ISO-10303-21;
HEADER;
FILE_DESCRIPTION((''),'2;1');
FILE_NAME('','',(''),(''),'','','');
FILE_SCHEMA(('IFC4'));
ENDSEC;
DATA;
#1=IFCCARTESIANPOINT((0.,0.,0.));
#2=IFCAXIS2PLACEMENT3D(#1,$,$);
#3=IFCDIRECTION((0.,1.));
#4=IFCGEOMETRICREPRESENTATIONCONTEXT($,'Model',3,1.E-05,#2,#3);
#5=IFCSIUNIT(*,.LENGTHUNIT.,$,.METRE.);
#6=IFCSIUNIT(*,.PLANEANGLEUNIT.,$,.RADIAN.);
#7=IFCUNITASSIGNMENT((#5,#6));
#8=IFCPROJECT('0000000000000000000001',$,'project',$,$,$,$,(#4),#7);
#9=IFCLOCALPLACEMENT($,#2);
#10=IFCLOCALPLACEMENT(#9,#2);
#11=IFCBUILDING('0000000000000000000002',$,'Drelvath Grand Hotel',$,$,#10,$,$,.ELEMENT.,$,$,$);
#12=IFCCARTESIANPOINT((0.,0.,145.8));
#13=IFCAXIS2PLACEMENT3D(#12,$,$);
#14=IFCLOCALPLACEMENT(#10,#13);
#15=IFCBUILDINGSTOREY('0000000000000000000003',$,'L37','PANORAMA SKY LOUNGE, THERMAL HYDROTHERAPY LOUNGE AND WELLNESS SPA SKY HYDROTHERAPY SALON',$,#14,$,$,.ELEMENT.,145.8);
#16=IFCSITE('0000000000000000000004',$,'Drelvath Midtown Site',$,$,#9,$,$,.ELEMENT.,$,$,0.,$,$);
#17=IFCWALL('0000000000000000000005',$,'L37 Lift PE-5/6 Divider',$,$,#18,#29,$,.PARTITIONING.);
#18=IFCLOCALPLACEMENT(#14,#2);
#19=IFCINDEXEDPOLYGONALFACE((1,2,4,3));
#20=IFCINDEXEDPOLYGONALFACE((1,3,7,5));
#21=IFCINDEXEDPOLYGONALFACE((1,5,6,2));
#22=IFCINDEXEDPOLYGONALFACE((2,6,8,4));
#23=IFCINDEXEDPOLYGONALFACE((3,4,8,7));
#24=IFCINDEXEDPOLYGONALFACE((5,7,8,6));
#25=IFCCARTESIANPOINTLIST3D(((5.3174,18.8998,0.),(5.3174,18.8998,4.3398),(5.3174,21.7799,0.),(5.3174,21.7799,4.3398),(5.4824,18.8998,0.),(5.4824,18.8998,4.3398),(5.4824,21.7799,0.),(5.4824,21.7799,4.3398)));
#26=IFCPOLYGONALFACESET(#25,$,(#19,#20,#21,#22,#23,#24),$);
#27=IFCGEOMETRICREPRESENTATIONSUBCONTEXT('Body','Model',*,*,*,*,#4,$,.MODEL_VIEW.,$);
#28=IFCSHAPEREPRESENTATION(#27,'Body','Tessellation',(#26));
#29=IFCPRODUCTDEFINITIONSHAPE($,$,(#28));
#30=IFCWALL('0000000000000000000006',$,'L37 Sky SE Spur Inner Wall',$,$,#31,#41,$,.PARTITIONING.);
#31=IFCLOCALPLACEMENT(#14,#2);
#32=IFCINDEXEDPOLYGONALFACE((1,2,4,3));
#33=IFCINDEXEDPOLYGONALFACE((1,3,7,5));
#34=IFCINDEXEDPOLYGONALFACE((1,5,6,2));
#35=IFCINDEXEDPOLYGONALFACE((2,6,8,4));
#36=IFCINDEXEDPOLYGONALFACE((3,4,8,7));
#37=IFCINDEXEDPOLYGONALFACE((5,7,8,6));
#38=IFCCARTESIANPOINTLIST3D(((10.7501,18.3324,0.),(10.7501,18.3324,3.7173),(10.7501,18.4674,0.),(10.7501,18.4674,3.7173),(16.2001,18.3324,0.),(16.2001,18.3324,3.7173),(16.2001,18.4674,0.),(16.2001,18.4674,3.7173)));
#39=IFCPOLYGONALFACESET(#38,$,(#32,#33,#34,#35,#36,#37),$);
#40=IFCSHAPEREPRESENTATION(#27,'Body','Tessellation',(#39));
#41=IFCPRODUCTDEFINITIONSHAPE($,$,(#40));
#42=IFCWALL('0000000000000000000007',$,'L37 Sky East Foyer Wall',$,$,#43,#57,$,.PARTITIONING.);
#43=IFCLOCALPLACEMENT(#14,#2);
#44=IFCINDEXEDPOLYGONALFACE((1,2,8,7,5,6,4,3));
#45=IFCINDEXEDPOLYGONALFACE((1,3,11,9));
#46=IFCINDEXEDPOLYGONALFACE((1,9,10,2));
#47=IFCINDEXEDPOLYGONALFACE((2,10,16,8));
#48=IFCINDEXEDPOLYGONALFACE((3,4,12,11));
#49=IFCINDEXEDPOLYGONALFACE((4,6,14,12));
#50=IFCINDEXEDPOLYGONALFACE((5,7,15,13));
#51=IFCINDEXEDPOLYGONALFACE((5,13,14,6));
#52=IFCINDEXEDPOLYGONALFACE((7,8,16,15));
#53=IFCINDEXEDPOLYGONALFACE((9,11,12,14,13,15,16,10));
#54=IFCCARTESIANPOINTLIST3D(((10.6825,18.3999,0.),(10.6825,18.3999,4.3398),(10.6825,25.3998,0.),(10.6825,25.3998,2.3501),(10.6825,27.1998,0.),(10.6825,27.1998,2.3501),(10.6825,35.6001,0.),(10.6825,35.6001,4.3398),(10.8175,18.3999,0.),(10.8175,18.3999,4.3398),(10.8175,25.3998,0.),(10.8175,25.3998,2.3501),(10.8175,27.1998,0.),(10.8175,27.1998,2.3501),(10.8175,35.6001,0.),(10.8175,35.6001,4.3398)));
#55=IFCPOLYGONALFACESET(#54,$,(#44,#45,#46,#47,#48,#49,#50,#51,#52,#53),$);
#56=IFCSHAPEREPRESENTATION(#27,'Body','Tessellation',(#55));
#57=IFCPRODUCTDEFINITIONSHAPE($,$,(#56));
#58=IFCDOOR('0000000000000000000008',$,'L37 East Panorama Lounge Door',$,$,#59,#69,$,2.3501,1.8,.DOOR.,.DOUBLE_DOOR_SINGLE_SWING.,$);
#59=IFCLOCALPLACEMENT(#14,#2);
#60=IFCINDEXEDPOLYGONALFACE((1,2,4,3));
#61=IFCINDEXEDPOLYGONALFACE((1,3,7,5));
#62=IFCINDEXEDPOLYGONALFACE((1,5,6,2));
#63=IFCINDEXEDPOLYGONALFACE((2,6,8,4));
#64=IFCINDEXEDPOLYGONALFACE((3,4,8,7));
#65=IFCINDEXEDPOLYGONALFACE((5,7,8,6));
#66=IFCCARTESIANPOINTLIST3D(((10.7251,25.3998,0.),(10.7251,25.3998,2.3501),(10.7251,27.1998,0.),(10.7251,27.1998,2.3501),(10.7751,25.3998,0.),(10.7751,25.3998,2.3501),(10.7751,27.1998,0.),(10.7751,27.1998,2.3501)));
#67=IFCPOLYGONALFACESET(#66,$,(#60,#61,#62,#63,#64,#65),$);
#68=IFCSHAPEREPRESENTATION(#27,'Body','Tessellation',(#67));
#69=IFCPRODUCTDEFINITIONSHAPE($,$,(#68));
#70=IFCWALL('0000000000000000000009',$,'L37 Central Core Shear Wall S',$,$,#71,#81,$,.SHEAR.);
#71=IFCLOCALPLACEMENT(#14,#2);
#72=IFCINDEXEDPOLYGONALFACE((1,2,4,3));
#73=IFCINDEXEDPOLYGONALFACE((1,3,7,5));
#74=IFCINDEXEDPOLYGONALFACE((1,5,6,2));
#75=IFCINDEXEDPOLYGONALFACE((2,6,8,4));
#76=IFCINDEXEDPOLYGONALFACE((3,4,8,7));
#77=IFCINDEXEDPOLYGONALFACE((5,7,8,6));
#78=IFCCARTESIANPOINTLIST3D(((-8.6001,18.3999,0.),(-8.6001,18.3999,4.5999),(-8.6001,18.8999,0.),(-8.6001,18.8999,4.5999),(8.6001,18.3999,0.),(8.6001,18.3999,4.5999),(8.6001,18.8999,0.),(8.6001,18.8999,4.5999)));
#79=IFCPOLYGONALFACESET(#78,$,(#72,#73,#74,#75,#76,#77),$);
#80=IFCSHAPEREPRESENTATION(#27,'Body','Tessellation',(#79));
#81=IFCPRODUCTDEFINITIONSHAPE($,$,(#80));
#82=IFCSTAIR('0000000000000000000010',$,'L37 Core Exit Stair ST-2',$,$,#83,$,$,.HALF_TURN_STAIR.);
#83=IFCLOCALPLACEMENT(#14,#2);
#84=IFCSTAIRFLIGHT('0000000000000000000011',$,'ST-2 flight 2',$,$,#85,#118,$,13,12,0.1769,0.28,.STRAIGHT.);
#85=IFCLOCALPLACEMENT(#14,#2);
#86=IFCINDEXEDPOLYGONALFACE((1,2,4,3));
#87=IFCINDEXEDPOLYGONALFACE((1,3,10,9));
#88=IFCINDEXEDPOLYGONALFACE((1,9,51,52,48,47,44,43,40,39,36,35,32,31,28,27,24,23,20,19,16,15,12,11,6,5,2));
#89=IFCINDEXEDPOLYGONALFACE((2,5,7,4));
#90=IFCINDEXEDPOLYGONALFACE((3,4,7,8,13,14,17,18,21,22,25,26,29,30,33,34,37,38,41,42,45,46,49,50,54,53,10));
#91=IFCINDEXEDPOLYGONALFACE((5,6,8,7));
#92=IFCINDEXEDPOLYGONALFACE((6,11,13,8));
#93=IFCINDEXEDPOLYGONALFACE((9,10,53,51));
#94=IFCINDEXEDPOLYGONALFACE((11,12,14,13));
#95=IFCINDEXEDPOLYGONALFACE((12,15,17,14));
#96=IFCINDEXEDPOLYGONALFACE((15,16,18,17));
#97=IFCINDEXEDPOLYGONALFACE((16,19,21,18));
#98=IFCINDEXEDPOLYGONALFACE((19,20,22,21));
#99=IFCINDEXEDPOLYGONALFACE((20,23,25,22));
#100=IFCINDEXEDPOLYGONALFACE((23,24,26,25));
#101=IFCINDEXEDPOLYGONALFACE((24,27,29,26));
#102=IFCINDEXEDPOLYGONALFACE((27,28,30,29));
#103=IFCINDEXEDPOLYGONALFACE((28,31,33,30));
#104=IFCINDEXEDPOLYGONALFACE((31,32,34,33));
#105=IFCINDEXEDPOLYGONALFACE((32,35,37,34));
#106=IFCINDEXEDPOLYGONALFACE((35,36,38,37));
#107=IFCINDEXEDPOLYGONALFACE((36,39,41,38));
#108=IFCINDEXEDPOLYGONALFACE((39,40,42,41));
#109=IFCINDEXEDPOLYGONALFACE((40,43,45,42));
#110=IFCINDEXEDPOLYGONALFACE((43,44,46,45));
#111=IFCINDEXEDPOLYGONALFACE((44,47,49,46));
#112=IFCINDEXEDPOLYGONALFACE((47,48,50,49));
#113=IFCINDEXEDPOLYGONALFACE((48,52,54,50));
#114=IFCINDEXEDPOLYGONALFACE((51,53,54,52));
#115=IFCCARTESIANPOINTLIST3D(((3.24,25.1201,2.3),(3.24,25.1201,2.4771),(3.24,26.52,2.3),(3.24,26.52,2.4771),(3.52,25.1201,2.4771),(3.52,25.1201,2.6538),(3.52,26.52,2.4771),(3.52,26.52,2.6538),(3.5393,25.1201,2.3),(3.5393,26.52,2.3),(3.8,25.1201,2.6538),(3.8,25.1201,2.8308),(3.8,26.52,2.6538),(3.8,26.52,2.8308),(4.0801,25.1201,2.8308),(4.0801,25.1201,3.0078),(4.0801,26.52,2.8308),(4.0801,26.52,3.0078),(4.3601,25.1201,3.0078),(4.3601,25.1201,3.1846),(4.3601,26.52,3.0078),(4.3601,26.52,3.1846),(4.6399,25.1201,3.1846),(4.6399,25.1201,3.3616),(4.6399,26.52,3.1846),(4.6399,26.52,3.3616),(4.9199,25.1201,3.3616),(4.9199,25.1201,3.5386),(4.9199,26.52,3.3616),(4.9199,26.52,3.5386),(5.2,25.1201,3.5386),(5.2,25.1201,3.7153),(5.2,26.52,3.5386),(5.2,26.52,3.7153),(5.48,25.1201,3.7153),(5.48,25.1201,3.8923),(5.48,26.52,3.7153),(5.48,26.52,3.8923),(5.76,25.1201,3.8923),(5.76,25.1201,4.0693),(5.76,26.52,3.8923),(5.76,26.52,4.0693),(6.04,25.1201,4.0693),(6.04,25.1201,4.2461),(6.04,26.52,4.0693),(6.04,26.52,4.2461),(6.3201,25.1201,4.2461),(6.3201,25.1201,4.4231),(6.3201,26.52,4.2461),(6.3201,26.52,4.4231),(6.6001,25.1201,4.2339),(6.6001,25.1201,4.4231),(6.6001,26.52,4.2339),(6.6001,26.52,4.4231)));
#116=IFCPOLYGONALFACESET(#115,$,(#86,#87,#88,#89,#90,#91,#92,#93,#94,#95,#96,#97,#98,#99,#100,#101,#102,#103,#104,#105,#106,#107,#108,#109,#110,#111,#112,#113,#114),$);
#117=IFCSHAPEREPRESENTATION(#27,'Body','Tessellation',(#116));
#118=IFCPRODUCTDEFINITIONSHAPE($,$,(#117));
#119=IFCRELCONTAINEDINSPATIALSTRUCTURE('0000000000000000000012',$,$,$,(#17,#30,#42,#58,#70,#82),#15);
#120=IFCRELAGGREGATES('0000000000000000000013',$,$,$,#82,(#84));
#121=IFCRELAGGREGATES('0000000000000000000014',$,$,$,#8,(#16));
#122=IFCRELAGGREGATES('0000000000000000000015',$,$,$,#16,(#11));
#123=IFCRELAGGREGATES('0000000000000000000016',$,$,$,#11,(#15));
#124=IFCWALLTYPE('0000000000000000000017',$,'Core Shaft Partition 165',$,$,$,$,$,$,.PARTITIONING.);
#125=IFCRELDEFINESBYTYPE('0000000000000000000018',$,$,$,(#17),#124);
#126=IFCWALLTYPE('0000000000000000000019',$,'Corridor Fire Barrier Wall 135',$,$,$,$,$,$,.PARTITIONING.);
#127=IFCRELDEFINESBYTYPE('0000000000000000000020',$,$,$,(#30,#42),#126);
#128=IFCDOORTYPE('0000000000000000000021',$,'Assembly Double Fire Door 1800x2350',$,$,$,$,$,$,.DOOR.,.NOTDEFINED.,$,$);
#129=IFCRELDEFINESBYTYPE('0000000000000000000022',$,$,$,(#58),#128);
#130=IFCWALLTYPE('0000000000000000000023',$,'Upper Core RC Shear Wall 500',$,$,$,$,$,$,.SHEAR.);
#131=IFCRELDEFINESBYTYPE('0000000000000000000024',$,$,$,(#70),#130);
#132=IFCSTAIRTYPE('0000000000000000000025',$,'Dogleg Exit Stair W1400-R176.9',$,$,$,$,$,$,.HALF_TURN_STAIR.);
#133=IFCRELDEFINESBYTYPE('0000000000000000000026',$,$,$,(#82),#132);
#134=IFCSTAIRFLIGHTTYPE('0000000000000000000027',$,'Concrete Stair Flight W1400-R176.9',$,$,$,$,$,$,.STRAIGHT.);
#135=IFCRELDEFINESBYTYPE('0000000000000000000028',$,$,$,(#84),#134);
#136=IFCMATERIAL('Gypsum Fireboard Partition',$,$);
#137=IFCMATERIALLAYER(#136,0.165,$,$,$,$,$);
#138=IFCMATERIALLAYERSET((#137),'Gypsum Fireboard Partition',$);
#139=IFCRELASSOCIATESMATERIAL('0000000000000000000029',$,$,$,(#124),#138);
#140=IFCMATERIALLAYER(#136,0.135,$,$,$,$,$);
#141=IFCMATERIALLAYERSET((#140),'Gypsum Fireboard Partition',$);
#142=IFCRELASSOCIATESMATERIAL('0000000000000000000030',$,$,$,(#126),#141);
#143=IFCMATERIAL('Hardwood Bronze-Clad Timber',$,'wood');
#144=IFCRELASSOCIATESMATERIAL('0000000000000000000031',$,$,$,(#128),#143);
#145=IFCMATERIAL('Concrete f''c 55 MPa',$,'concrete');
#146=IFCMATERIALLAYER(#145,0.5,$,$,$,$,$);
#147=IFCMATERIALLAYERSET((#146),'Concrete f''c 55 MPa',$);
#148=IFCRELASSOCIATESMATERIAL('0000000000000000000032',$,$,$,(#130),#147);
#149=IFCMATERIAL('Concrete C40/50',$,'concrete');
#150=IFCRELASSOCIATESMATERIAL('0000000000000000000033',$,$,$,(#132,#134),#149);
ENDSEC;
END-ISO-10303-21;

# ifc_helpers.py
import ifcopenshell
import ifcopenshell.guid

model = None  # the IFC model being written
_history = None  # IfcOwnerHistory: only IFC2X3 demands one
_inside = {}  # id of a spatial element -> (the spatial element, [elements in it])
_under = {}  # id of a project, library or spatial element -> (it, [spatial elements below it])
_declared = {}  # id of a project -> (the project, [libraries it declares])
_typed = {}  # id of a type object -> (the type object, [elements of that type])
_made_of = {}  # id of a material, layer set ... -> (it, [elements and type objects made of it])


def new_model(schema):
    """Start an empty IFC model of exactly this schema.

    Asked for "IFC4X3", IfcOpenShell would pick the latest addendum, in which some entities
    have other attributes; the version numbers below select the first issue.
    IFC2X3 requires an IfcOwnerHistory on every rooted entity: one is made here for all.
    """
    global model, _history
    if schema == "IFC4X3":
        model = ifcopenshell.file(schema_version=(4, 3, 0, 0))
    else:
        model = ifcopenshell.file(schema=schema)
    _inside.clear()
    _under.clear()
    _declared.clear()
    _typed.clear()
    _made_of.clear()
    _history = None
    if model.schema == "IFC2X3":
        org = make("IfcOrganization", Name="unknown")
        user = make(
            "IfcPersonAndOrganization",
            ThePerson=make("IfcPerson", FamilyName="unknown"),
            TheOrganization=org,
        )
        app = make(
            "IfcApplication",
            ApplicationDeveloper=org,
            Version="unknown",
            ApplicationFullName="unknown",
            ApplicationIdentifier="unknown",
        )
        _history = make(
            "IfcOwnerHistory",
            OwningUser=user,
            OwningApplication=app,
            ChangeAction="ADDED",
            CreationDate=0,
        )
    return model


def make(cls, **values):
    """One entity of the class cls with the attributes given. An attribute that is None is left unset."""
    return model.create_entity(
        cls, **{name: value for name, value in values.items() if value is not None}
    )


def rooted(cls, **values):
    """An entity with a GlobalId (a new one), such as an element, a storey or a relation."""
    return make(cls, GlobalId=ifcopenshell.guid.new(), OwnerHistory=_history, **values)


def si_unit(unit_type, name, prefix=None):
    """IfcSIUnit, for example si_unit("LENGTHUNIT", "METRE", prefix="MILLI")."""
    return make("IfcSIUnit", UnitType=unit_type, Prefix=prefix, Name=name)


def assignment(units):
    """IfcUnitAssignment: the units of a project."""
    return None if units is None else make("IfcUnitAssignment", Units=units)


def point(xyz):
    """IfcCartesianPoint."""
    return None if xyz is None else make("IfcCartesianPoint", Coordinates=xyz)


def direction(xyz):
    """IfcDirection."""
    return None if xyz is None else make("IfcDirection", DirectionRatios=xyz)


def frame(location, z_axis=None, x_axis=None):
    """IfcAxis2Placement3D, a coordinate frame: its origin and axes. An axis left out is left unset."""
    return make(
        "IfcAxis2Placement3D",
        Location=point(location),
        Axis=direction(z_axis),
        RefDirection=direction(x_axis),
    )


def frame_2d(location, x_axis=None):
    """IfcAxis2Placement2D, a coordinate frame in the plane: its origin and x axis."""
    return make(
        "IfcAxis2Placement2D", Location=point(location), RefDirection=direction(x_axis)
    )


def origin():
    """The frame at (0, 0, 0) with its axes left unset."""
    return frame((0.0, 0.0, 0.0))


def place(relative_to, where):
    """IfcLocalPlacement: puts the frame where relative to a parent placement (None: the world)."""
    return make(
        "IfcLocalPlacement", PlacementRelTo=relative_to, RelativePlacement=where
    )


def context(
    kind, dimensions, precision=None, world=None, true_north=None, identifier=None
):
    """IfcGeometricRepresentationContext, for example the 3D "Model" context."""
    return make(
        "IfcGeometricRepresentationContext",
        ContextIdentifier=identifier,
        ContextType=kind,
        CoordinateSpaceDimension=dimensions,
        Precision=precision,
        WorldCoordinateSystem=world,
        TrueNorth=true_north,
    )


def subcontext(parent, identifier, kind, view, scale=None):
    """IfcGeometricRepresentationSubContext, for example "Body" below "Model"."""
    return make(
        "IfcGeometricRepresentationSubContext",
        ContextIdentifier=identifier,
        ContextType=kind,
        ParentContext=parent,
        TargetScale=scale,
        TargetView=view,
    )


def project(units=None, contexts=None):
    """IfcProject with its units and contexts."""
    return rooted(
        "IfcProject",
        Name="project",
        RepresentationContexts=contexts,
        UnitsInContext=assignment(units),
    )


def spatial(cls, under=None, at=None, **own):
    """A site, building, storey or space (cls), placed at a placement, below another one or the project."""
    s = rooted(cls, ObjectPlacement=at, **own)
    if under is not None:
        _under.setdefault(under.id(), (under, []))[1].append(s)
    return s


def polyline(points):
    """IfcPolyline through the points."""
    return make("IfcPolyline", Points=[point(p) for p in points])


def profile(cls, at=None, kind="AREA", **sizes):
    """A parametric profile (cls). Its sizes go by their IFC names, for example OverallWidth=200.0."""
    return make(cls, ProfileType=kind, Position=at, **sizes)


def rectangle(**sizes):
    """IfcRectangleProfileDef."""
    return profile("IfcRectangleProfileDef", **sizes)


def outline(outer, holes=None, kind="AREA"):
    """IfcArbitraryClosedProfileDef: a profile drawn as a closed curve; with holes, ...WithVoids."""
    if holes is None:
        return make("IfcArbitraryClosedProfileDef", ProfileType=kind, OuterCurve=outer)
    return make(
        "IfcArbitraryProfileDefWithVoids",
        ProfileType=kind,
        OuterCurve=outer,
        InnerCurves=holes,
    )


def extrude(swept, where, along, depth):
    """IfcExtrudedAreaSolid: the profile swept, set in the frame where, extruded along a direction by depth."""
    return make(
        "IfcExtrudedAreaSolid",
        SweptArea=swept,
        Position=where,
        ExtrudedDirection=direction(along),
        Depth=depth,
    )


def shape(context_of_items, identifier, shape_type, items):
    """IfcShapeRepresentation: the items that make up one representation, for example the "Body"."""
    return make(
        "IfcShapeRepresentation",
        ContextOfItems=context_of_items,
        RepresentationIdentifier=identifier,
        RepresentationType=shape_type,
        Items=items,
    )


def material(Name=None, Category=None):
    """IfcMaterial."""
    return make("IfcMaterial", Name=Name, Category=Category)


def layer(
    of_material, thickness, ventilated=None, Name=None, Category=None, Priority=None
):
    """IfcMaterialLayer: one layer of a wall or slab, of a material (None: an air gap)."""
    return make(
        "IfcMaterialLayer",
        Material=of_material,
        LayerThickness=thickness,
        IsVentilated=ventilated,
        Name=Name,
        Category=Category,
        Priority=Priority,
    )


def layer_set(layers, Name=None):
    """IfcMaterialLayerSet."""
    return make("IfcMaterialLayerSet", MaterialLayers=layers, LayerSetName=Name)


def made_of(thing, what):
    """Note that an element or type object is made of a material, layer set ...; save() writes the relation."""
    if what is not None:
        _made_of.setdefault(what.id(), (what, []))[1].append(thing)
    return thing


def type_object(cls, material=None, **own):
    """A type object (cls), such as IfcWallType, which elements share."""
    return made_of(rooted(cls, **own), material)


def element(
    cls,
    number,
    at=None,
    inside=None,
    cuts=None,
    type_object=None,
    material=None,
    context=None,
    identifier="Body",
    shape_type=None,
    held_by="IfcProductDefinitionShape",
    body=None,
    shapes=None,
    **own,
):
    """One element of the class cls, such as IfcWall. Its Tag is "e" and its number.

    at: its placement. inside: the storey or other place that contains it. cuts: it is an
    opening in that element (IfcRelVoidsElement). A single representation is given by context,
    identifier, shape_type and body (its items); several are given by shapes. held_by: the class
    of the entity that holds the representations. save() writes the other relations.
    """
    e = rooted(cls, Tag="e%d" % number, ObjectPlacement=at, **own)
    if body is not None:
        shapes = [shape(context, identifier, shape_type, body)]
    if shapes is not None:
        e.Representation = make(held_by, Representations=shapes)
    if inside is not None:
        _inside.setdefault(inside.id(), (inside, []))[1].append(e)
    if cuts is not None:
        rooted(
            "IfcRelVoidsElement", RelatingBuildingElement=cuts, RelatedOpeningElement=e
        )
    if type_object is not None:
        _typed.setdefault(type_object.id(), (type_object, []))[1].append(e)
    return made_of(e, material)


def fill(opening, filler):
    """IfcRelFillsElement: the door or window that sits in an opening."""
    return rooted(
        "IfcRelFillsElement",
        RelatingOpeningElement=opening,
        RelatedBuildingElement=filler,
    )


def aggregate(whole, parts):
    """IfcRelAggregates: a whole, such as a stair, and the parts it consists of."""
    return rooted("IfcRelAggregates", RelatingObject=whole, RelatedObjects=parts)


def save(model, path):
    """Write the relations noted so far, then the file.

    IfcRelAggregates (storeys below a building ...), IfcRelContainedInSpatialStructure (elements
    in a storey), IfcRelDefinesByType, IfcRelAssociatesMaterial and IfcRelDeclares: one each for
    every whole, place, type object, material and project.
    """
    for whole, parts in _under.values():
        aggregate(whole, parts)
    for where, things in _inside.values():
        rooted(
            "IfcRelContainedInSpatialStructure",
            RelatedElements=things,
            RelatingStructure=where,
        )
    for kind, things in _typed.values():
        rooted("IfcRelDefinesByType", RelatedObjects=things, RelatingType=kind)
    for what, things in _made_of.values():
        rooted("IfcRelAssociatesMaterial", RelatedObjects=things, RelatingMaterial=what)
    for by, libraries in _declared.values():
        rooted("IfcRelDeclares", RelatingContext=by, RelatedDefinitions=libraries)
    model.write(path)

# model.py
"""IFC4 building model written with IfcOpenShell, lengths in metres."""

from ifc_helpers import new_model, si_unit, direction, frame, frame_2d, origin, place, context, subcontext, project, spatial, polyline, rectangle, outline, extrude, material, layer, layer_set, type_object, element, fill, aggregate, save


model = new_model("IFC4")

# Units and contexts
model_context = context("Model", 3, precision=1e-05, world=origin(), true_north=direction((0.0, 1.0)))
body_context = subcontext(model_context, "Body", "Model", "MODEL_VIEW")
ifc_project = project(units=[si_unit("LENGTHUNIT", "METRE"), si_unit("PLANEANGLEUNIT", "RADIAN")], contexts=[model_context])

# Site, building, storey
site_placement = place(None, origin())
site = spatial("IfcSite", under=ifc_project, at=site_placement, Name="Drelvath Midtown Site", CompositionType="ELEMENT", RefElevation=0.0)
building_placement = place(site_placement, origin())
building = spatial("IfcBuilding", under=site, at=building_placement, Name="Drelvath Grand Hotel", CompositionType="ELEMENT")
storey_placement = place(building_placement, frame((0.0, 0.0, 145.8)))
storey = spatial("IfcBuildingStorey", under=building, at=storey_placement, Name="L37", Description="PANORAMA SKY LOUNGE, THERMAL HYDROTHERAPY LOUNGE AND WELLNESS SPA SKY HYDROTHERAPY SALON", CompositionType="ELEMENT", Elevation=145.8)

# Shared definitions
ifc_material_1 = material(Name="Concrete f'c 55 MPa", Category="concrete")

# Shared definitions
ifc_material_2 = material(Name="Concrete C40/50", Category="concrete")

# Walls
ifc_material_3 = material(Name="Gypsum Fireboard Partition")
ifc_layer_1 = layer(ifc_material_3, 0.165)
ifc_layer_set_1 = layer_set([ifc_layer_1], Name="Gypsum Fireboard Partition")
wall_type_1 = type_object("IfcWallType", Name="Core Shaft Partition 165", PredefinedType="PARTITIONING", material=ifc_layer_set_1)
for number, where, z_axis, x_axis, name in (
    (1, (5.3999, 18.8999, 0.0), (0.0, 0.0, 1.0), (0.0, 1.0, 0.0), "L37 Lift PE-5/6 Divider"),
):
    element("IfcWall", number, at=place(storey_placement, frame(where, z_axis=z_axis, x_axis=x_axis)), inside=storey, type_object=wall_type_1, Name=name, PredefinedType="PARTITIONING", context=body_context, shape_type="SweptSolid", body=[
        extrude(rectangle(XDim=2.8801, YDim=0.165, at=frame_2d((1.4399, 0.0))), origin(), (0.0, 0.0, 1.0), 4.3398),
    ])
ifc_layer_2 = layer(ifc_material_3, 0.135)
ifc_layer_set_2 = layer_set([ifc_layer_2], Name="Gypsum Fireboard Partition")
wall_type_2 = type_object("IfcWallType", Name="Corridor Fire Barrier Wall 135", PredefinedType="PARTITIONING", material=ifc_layer_set_2)
wall_1_placement = place(storey_placement, frame((10.75, 18.3999, 0.0), z_axis=(0.0, 0.0, 1.0), x_axis=(1.0, 0.0, 0.0)))
element("IfcWall", 2, at=wall_1_placement, inside=storey, type_object=wall_type_2, Name="L37 Sky SE Spur Inner Wall", PredefinedType="PARTITIONING", context=body_context, shape_type="SweptSolid", body=[
    extrude(rectangle(XDim=5.45, YDim=0.135, at=frame_2d((2.7251, 0.0))), origin(), (0.0, 0.0, 1.0), 3.7173),
])

# Wall, opening, door
wall_2_placement = place(storey_placement, frame((10.75, 18.3999, 0.0), z_axis=(0.0, 0.0, 1.0), x_axis=(0.0, 1.0, 0.0)))
wall_2 = element("IfcWall", 3, at=wall_2_placement, inside=storey, type_object=wall_type_2, Name="L37 Sky East Foyer Wall", PredefinedType="PARTITIONING", context=body_context, shape_type="SweptSolid", body=[
    extrude(rectangle(XDim=17.2002, YDim=0.135, at=frame_2d((8.6001, 0.0))), origin(), (0.0, 0.0, 1.0), 4.3398),
])
opening_1_placement = place(wall_2_placement, frame((7.0, 0.0, 0.0)))
opening_1 = element("IfcOpeningElement", 4, at=opening_1_placement, cuts=wall_2, PredefinedType="OPENING", context=body_context, shape_type="SweptSolid", body=[
    extrude(rectangle(XDim=1.8, YDim=2.3501, at=frame_2d((0.8999, 1.175))), frame((0.0, 0.0774, 0.0), z_axis=(0.0, -1.0, 0.0), x_axis=(1.0, 0.0, 0.0)), (0.0, 0.0, 1.0), 0.155),
])
ifc_material_4 = material(Name="Hardwood Bronze-Clad Timber", Category="wood")
door_type_1 = type_object("IfcDoorType", Name="Assembly Double Fire Door 1800x2350", OperationType="NOTDEFINED", PredefinedType="DOOR", material=ifc_material_4)
door_1_placement = place(opening_1_placement, origin())
door_1 = element("IfcDoor", 5, at=door_1_placement, inside=storey, type_object=door_type_1, Name="L37 East Panorama Lounge Door", OperationType="DOUBLE_DOOR_SINGLE_SWING", OverallHeight=2.3501, OverallWidth=1.8, PredefinedType="DOOR", context=body_context, shape_type="SweptSolid", body=[
    extrude(rectangle(XDim=1.8, YDim=2.3501, at=frame_2d((0.8999, 1.175))), frame((0.0, 0.0249, 0.0), z_axis=(0.0, -1.0, 0.0), x_axis=(1.0, 0.0, 0.0)), (0.0, 0.0, 1.0), 0.05),
])
fill(opening_1, door_1)

# Wall
ifc_layer_3 = layer(ifc_material_1, 0.5)
ifc_layer_set_3 = layer_set([ifc_layer_3], Name="Concrete f'c 55 MPa")
wall_type_3 = type_object("IfcWallType", Name="Upper Core RC Shear Wall 500", PredefinedType="SHEAR", material=ifc_layer_set_3)
wall_3_placement = place(storey_placement, frame((8.6001, 18.6499, 0.0), z_axis=(0.0, 0.0, 1.0), x_axis=(-1.0, 0.0, 0.0)))
element("IfcWall", 6, at=wall_3_placement, inside=storey, type_object=wall_type_3, Name="L37 Central Core Shear Wall S", PredefinedType="SHEAR", context=body_context, shape_type="SweptSolid", body=[
    extrude(rectangle(XDim=17.2002, YDim=0.5, at=frame_2d((8.6001, 0.0))), origin(), (0.0, 0.0, 1.0), 4.5999),
])

# Stair, stair flight
stair_type = type_object("IfcStairType", Name="Dogleg Exit Stair W1400-R176.9", PredefinedType="HALF_TURN_STAIR", material=ifc_material_2)
stair_placement = place(storey_placement, origin())
stair = element("IfcStair", 7, at=stair_placement, inside=storey, type_object=stair_type, Name="L37 Core Exit Stair ST-2", PredefinedType="HALF_TURN_STAIR")
stair_flight_type = type_object("IfcStairFlightType", Name="Concrete Stair Flight W1400-R176.9", PredefinedType="STRAIGHT", material=ifc_material_2)
stair_flight_placement = place(storey_placement, frame((3.24, 25.8201, 2.3), z_axis=(0.0, 0.0, 1.0), x_axis=(1.0, 0.0, 0.0)))
stair_flight = element("IfcStairFlight", 8, at=stair_flight_placement, type_object=stair_flight_type, Name="ST-2 flight 2", NumberOfRisers=13, NumberOfTreads=12, PredefinedType="STRAIGHT", RiserHeight=0.1769, TreadLength=0.28, context=body_context, shape_type="SweptSolid", body=[
    extrude(outline(polyline([(0.0, 0.0), (0.0, 0.177), (0.28, 0.177), (0.28, 0.3538), (0.5601, 0.3538), (0.5601, 0.5308), (0.8401, 0.5308), (0.8401, 0.7078), (1.1201, 0.7078), (1.1201, 0.8845), (1.3999, 0.8845), (1.3999, 1.0615), (1.6799, 1.0615), (1.6799, 1.2385), (1.96, 1.2385), (1.96, 1.4153), (2.24, 1.4153), (2.24, 1.5923), (2.52, 1.5923), (2.52, 1.7693), (2.8, 1.7693), (2.8, 1.946), (3.0801, 1.946), (3.0801, 2.123), (3.3601, 2.123), (3.3601, 2.3), (3.3601, 1.9338), (0.2993, 0.0), (0.0, 0.0)])), frame((0.0, 0.7, 0.0), z_axis=(0.0, -1.0, 0.0), x_axis=(1.0, 0.0, 0.0)), (0.0, 0.0, 1.0), 1.3999),
])
aggregate(stair, [stair_flight])

save(model, "model.ifc")
